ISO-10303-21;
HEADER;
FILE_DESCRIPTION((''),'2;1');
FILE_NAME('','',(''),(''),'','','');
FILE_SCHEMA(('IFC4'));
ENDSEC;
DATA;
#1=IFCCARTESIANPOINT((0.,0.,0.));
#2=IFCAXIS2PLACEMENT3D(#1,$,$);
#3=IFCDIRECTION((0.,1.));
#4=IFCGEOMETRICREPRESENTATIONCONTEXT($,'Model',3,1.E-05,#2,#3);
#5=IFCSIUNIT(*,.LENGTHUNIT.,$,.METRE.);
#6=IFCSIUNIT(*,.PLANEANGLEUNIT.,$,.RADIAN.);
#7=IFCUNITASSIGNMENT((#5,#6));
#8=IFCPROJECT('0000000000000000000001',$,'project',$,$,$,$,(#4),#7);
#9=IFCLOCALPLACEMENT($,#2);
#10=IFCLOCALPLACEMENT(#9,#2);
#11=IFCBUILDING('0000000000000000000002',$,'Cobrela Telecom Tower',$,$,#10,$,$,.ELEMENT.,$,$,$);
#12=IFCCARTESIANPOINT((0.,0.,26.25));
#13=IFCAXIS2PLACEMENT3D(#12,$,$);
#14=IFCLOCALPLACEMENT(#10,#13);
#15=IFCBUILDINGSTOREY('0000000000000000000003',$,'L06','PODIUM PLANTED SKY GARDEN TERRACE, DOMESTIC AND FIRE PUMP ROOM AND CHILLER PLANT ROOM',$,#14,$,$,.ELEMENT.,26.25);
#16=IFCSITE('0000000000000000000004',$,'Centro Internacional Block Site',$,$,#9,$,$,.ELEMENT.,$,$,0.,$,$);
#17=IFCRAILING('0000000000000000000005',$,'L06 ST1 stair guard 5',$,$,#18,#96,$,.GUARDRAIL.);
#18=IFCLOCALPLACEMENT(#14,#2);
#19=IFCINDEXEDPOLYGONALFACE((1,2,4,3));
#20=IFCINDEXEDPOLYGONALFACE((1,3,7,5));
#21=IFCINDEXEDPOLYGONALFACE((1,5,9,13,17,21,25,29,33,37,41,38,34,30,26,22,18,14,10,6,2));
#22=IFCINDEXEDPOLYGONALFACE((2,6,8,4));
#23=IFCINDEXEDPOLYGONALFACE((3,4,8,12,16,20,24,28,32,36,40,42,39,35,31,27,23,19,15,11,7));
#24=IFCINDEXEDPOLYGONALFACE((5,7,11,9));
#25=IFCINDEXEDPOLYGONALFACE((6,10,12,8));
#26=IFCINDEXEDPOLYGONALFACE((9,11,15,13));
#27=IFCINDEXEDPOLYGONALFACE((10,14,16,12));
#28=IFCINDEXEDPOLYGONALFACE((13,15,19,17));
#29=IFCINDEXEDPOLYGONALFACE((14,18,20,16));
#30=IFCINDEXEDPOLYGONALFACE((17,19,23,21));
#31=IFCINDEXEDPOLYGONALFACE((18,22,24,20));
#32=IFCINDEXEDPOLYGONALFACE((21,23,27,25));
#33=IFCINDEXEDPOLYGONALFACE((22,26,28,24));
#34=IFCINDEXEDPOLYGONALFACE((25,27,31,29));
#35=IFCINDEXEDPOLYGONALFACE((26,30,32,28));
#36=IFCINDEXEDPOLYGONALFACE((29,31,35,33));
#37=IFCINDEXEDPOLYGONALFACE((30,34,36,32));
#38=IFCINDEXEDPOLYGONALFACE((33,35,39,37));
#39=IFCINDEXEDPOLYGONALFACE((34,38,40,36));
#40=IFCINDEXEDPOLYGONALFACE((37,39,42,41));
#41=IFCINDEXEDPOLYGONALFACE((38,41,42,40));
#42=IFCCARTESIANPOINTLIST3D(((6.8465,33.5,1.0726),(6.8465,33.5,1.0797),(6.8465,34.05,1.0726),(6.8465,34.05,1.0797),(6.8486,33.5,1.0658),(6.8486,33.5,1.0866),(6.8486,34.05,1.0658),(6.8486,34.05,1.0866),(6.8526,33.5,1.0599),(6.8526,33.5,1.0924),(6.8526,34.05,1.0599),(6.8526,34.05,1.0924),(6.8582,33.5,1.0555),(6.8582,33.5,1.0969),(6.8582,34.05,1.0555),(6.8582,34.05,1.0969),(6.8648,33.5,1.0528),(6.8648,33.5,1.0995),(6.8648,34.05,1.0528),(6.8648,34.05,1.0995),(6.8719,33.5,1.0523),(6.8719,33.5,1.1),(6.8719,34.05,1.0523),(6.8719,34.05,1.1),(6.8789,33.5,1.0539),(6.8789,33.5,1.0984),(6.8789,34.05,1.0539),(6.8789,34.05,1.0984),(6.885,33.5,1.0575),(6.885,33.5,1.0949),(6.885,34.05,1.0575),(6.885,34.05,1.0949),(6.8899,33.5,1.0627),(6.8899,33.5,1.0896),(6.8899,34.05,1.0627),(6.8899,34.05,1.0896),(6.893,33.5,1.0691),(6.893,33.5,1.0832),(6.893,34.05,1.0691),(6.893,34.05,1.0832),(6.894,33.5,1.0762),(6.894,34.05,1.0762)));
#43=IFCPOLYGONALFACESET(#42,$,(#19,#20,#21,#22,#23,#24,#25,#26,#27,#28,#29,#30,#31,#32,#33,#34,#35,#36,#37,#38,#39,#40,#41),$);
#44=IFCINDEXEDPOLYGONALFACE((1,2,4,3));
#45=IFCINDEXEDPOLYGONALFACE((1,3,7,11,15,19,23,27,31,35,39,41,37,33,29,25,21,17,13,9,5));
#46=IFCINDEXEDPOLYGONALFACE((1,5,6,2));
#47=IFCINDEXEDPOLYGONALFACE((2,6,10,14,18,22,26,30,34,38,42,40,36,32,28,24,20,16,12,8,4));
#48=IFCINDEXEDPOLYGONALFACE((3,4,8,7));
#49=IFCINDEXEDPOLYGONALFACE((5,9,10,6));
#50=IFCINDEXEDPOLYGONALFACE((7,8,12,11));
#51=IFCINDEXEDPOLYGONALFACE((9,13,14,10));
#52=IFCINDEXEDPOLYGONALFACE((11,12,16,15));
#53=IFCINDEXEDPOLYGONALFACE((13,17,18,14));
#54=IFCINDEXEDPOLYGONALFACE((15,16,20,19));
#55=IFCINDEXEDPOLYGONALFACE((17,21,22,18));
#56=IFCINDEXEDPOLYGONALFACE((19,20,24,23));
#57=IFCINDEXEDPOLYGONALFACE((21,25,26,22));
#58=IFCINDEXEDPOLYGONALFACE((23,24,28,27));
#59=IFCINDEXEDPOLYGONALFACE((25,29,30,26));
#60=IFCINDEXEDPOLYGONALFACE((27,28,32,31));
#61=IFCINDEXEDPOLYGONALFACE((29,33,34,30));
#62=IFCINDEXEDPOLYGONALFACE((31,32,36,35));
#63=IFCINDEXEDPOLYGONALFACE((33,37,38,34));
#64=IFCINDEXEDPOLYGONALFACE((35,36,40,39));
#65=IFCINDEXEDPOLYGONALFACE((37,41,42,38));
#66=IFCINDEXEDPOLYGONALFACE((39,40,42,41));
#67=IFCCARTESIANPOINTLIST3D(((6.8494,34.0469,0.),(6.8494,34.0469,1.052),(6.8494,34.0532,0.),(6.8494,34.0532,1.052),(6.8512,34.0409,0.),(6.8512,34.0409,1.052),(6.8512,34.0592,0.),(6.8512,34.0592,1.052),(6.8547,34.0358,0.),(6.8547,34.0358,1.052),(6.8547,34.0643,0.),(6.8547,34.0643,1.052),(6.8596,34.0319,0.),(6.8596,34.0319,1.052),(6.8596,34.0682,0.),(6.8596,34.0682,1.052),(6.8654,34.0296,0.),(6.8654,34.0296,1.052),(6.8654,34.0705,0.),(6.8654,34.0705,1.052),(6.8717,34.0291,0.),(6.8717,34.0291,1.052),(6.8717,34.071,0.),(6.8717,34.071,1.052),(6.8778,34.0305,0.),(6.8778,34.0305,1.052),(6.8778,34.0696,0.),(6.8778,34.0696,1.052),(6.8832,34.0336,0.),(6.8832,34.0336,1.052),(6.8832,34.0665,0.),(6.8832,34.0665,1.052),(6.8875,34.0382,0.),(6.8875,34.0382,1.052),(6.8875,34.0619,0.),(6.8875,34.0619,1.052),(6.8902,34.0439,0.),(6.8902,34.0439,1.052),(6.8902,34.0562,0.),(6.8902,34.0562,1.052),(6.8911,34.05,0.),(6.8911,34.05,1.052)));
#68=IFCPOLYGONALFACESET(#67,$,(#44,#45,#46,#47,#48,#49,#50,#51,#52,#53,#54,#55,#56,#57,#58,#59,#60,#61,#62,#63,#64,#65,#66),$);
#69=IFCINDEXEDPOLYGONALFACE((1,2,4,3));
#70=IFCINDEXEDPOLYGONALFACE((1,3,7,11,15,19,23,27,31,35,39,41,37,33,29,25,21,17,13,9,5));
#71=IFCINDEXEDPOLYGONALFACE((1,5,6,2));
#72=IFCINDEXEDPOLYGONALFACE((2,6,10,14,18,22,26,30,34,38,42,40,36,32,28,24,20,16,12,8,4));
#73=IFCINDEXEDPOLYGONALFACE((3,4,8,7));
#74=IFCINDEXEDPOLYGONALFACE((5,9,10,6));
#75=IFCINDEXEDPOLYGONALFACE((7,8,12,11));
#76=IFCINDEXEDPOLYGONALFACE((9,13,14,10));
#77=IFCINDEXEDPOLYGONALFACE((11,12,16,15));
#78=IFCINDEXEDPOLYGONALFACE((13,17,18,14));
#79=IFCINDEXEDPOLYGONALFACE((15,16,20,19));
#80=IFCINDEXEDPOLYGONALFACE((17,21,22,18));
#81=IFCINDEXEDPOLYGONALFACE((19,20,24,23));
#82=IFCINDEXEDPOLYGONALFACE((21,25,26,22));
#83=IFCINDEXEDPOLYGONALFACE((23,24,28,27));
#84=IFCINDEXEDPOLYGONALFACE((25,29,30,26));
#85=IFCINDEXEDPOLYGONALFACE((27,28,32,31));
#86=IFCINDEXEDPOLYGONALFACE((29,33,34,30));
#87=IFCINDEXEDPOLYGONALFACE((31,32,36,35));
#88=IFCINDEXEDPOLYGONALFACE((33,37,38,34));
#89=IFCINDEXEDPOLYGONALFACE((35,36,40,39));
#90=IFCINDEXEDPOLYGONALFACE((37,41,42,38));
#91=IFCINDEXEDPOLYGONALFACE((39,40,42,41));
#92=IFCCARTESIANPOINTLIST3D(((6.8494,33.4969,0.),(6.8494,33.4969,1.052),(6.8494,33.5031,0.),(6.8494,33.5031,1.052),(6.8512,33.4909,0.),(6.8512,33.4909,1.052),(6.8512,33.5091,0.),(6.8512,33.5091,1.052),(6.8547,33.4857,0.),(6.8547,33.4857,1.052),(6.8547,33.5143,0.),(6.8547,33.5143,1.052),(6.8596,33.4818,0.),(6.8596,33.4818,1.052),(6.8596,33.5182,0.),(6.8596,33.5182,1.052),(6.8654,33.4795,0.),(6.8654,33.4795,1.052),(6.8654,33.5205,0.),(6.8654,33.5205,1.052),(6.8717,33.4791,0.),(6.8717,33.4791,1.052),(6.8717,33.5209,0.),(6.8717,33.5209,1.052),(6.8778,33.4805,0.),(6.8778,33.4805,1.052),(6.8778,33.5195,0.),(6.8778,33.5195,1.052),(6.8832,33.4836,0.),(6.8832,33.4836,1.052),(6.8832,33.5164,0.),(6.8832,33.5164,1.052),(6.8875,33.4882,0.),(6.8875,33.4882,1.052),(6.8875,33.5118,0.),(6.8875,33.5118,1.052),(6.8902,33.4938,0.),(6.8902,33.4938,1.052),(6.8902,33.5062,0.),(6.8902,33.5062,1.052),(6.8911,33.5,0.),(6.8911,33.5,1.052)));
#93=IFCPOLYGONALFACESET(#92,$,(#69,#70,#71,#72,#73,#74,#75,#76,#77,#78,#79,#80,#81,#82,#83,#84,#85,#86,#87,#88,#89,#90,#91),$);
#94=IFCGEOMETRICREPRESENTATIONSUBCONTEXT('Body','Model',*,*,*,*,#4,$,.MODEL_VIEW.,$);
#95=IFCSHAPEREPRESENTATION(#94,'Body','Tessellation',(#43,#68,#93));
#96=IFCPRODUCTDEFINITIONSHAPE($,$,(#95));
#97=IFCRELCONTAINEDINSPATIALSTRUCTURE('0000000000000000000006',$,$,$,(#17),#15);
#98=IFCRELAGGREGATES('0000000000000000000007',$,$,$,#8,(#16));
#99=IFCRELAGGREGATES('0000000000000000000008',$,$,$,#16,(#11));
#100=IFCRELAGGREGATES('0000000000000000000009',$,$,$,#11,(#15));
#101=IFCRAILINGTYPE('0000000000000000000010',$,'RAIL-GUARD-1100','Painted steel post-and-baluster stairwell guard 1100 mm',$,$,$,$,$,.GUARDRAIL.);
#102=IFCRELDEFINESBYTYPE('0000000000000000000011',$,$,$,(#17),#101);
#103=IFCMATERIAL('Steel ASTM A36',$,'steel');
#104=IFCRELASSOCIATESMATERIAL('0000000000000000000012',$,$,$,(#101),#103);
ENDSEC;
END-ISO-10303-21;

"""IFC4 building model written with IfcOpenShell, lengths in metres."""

from ifc_helpers import new_model, si_unit, direction, frame, origin, origin_2d, place, context, subcontext, project, spatial, circle, extrude, material, type_object, element, save


model = new_model("IFC4")

# Units and contexts
model_context = context("Model", 3, precision=1e-05, world=origin(), true_north=direction((0.0, 1.0)))
body_context = subcontext(model_context, "Body", "Model", "MODEL_VIEW")
ifc_project = project(units=[si_unit("LENGTHUNIT", "METRE"), si_unit("PLANEANGLEUNIT", "RADIAN")], contexts=[model_context])

# Site, building, storey
site_placement = place(None, origin())
site = spatial("IfcSite", under=ifc_project, at=site_placement, Name="Centro Internacional Block Site", CompositionType="ELEMENT", RefElevation=0.0)
building_placement = place(site_placement, origin())
building = spatial("IfcBuilding", under=site, at=building_placement, Name="Cobrela Telecom Tower", CompositionType="ELEMENT")
storey_placement = place(building_placement, frame((0.0, 0.0, 26.25)))
storey = spatial("IfcBuildingStorey", under=building, at=storey_placement, Name="L06", Description="PODIUM PLANTED SKY GARDEN TERRACE, DOMESTIC AND FIRE PUMP ROOM AND CHILLER PLANT ROOM", CompositionType="ELEMENT", Elevation=26.25)

# Railing
ifc_material_1 = material(Name="Steel ASTM A36", Category="steel")
railing_type_1 = type_object("IfcRailingType", Name="RAIL-GUARD-1100", Description="Painted steel post-and-baluster stairwell guard 1100 mm", PredefinedType="GUARDRAIL", material=ifc_material_1)
railing_1_placement = place(storey_placement, frame((6.8701, 34.05, 0.0)))
element("IfcRailing", 1, at=railing_1_placement, inside=storey, type_object=railing_type_1, Name="L06 ST1 stair guard 5", PredefinedType="GUARDRAIL", context=body_context, shape_type="SweptSolid", body=[
    extrude(circle(Radius=0.0239, at=origin_2d()), frame((0.0, 0.0, 1.0762), z_axis=(0.0, -1.0, 0.0), x_axis=(1.0, 0.0, 0.0)), (0.0, 0.0, 1.0), 0.55),
    extrude(circle(Radius=0.021, at=origin_2d()), origin(), (0.0, 0.0, 1.0), 1.052),
    extrude(circle(Radius=0.021, at=origin_2d()), frame((0.0, -0.55, 0.0)), (0.0, 0.0, 1.0), 1.052),
])

save(model, "model.ifc")
